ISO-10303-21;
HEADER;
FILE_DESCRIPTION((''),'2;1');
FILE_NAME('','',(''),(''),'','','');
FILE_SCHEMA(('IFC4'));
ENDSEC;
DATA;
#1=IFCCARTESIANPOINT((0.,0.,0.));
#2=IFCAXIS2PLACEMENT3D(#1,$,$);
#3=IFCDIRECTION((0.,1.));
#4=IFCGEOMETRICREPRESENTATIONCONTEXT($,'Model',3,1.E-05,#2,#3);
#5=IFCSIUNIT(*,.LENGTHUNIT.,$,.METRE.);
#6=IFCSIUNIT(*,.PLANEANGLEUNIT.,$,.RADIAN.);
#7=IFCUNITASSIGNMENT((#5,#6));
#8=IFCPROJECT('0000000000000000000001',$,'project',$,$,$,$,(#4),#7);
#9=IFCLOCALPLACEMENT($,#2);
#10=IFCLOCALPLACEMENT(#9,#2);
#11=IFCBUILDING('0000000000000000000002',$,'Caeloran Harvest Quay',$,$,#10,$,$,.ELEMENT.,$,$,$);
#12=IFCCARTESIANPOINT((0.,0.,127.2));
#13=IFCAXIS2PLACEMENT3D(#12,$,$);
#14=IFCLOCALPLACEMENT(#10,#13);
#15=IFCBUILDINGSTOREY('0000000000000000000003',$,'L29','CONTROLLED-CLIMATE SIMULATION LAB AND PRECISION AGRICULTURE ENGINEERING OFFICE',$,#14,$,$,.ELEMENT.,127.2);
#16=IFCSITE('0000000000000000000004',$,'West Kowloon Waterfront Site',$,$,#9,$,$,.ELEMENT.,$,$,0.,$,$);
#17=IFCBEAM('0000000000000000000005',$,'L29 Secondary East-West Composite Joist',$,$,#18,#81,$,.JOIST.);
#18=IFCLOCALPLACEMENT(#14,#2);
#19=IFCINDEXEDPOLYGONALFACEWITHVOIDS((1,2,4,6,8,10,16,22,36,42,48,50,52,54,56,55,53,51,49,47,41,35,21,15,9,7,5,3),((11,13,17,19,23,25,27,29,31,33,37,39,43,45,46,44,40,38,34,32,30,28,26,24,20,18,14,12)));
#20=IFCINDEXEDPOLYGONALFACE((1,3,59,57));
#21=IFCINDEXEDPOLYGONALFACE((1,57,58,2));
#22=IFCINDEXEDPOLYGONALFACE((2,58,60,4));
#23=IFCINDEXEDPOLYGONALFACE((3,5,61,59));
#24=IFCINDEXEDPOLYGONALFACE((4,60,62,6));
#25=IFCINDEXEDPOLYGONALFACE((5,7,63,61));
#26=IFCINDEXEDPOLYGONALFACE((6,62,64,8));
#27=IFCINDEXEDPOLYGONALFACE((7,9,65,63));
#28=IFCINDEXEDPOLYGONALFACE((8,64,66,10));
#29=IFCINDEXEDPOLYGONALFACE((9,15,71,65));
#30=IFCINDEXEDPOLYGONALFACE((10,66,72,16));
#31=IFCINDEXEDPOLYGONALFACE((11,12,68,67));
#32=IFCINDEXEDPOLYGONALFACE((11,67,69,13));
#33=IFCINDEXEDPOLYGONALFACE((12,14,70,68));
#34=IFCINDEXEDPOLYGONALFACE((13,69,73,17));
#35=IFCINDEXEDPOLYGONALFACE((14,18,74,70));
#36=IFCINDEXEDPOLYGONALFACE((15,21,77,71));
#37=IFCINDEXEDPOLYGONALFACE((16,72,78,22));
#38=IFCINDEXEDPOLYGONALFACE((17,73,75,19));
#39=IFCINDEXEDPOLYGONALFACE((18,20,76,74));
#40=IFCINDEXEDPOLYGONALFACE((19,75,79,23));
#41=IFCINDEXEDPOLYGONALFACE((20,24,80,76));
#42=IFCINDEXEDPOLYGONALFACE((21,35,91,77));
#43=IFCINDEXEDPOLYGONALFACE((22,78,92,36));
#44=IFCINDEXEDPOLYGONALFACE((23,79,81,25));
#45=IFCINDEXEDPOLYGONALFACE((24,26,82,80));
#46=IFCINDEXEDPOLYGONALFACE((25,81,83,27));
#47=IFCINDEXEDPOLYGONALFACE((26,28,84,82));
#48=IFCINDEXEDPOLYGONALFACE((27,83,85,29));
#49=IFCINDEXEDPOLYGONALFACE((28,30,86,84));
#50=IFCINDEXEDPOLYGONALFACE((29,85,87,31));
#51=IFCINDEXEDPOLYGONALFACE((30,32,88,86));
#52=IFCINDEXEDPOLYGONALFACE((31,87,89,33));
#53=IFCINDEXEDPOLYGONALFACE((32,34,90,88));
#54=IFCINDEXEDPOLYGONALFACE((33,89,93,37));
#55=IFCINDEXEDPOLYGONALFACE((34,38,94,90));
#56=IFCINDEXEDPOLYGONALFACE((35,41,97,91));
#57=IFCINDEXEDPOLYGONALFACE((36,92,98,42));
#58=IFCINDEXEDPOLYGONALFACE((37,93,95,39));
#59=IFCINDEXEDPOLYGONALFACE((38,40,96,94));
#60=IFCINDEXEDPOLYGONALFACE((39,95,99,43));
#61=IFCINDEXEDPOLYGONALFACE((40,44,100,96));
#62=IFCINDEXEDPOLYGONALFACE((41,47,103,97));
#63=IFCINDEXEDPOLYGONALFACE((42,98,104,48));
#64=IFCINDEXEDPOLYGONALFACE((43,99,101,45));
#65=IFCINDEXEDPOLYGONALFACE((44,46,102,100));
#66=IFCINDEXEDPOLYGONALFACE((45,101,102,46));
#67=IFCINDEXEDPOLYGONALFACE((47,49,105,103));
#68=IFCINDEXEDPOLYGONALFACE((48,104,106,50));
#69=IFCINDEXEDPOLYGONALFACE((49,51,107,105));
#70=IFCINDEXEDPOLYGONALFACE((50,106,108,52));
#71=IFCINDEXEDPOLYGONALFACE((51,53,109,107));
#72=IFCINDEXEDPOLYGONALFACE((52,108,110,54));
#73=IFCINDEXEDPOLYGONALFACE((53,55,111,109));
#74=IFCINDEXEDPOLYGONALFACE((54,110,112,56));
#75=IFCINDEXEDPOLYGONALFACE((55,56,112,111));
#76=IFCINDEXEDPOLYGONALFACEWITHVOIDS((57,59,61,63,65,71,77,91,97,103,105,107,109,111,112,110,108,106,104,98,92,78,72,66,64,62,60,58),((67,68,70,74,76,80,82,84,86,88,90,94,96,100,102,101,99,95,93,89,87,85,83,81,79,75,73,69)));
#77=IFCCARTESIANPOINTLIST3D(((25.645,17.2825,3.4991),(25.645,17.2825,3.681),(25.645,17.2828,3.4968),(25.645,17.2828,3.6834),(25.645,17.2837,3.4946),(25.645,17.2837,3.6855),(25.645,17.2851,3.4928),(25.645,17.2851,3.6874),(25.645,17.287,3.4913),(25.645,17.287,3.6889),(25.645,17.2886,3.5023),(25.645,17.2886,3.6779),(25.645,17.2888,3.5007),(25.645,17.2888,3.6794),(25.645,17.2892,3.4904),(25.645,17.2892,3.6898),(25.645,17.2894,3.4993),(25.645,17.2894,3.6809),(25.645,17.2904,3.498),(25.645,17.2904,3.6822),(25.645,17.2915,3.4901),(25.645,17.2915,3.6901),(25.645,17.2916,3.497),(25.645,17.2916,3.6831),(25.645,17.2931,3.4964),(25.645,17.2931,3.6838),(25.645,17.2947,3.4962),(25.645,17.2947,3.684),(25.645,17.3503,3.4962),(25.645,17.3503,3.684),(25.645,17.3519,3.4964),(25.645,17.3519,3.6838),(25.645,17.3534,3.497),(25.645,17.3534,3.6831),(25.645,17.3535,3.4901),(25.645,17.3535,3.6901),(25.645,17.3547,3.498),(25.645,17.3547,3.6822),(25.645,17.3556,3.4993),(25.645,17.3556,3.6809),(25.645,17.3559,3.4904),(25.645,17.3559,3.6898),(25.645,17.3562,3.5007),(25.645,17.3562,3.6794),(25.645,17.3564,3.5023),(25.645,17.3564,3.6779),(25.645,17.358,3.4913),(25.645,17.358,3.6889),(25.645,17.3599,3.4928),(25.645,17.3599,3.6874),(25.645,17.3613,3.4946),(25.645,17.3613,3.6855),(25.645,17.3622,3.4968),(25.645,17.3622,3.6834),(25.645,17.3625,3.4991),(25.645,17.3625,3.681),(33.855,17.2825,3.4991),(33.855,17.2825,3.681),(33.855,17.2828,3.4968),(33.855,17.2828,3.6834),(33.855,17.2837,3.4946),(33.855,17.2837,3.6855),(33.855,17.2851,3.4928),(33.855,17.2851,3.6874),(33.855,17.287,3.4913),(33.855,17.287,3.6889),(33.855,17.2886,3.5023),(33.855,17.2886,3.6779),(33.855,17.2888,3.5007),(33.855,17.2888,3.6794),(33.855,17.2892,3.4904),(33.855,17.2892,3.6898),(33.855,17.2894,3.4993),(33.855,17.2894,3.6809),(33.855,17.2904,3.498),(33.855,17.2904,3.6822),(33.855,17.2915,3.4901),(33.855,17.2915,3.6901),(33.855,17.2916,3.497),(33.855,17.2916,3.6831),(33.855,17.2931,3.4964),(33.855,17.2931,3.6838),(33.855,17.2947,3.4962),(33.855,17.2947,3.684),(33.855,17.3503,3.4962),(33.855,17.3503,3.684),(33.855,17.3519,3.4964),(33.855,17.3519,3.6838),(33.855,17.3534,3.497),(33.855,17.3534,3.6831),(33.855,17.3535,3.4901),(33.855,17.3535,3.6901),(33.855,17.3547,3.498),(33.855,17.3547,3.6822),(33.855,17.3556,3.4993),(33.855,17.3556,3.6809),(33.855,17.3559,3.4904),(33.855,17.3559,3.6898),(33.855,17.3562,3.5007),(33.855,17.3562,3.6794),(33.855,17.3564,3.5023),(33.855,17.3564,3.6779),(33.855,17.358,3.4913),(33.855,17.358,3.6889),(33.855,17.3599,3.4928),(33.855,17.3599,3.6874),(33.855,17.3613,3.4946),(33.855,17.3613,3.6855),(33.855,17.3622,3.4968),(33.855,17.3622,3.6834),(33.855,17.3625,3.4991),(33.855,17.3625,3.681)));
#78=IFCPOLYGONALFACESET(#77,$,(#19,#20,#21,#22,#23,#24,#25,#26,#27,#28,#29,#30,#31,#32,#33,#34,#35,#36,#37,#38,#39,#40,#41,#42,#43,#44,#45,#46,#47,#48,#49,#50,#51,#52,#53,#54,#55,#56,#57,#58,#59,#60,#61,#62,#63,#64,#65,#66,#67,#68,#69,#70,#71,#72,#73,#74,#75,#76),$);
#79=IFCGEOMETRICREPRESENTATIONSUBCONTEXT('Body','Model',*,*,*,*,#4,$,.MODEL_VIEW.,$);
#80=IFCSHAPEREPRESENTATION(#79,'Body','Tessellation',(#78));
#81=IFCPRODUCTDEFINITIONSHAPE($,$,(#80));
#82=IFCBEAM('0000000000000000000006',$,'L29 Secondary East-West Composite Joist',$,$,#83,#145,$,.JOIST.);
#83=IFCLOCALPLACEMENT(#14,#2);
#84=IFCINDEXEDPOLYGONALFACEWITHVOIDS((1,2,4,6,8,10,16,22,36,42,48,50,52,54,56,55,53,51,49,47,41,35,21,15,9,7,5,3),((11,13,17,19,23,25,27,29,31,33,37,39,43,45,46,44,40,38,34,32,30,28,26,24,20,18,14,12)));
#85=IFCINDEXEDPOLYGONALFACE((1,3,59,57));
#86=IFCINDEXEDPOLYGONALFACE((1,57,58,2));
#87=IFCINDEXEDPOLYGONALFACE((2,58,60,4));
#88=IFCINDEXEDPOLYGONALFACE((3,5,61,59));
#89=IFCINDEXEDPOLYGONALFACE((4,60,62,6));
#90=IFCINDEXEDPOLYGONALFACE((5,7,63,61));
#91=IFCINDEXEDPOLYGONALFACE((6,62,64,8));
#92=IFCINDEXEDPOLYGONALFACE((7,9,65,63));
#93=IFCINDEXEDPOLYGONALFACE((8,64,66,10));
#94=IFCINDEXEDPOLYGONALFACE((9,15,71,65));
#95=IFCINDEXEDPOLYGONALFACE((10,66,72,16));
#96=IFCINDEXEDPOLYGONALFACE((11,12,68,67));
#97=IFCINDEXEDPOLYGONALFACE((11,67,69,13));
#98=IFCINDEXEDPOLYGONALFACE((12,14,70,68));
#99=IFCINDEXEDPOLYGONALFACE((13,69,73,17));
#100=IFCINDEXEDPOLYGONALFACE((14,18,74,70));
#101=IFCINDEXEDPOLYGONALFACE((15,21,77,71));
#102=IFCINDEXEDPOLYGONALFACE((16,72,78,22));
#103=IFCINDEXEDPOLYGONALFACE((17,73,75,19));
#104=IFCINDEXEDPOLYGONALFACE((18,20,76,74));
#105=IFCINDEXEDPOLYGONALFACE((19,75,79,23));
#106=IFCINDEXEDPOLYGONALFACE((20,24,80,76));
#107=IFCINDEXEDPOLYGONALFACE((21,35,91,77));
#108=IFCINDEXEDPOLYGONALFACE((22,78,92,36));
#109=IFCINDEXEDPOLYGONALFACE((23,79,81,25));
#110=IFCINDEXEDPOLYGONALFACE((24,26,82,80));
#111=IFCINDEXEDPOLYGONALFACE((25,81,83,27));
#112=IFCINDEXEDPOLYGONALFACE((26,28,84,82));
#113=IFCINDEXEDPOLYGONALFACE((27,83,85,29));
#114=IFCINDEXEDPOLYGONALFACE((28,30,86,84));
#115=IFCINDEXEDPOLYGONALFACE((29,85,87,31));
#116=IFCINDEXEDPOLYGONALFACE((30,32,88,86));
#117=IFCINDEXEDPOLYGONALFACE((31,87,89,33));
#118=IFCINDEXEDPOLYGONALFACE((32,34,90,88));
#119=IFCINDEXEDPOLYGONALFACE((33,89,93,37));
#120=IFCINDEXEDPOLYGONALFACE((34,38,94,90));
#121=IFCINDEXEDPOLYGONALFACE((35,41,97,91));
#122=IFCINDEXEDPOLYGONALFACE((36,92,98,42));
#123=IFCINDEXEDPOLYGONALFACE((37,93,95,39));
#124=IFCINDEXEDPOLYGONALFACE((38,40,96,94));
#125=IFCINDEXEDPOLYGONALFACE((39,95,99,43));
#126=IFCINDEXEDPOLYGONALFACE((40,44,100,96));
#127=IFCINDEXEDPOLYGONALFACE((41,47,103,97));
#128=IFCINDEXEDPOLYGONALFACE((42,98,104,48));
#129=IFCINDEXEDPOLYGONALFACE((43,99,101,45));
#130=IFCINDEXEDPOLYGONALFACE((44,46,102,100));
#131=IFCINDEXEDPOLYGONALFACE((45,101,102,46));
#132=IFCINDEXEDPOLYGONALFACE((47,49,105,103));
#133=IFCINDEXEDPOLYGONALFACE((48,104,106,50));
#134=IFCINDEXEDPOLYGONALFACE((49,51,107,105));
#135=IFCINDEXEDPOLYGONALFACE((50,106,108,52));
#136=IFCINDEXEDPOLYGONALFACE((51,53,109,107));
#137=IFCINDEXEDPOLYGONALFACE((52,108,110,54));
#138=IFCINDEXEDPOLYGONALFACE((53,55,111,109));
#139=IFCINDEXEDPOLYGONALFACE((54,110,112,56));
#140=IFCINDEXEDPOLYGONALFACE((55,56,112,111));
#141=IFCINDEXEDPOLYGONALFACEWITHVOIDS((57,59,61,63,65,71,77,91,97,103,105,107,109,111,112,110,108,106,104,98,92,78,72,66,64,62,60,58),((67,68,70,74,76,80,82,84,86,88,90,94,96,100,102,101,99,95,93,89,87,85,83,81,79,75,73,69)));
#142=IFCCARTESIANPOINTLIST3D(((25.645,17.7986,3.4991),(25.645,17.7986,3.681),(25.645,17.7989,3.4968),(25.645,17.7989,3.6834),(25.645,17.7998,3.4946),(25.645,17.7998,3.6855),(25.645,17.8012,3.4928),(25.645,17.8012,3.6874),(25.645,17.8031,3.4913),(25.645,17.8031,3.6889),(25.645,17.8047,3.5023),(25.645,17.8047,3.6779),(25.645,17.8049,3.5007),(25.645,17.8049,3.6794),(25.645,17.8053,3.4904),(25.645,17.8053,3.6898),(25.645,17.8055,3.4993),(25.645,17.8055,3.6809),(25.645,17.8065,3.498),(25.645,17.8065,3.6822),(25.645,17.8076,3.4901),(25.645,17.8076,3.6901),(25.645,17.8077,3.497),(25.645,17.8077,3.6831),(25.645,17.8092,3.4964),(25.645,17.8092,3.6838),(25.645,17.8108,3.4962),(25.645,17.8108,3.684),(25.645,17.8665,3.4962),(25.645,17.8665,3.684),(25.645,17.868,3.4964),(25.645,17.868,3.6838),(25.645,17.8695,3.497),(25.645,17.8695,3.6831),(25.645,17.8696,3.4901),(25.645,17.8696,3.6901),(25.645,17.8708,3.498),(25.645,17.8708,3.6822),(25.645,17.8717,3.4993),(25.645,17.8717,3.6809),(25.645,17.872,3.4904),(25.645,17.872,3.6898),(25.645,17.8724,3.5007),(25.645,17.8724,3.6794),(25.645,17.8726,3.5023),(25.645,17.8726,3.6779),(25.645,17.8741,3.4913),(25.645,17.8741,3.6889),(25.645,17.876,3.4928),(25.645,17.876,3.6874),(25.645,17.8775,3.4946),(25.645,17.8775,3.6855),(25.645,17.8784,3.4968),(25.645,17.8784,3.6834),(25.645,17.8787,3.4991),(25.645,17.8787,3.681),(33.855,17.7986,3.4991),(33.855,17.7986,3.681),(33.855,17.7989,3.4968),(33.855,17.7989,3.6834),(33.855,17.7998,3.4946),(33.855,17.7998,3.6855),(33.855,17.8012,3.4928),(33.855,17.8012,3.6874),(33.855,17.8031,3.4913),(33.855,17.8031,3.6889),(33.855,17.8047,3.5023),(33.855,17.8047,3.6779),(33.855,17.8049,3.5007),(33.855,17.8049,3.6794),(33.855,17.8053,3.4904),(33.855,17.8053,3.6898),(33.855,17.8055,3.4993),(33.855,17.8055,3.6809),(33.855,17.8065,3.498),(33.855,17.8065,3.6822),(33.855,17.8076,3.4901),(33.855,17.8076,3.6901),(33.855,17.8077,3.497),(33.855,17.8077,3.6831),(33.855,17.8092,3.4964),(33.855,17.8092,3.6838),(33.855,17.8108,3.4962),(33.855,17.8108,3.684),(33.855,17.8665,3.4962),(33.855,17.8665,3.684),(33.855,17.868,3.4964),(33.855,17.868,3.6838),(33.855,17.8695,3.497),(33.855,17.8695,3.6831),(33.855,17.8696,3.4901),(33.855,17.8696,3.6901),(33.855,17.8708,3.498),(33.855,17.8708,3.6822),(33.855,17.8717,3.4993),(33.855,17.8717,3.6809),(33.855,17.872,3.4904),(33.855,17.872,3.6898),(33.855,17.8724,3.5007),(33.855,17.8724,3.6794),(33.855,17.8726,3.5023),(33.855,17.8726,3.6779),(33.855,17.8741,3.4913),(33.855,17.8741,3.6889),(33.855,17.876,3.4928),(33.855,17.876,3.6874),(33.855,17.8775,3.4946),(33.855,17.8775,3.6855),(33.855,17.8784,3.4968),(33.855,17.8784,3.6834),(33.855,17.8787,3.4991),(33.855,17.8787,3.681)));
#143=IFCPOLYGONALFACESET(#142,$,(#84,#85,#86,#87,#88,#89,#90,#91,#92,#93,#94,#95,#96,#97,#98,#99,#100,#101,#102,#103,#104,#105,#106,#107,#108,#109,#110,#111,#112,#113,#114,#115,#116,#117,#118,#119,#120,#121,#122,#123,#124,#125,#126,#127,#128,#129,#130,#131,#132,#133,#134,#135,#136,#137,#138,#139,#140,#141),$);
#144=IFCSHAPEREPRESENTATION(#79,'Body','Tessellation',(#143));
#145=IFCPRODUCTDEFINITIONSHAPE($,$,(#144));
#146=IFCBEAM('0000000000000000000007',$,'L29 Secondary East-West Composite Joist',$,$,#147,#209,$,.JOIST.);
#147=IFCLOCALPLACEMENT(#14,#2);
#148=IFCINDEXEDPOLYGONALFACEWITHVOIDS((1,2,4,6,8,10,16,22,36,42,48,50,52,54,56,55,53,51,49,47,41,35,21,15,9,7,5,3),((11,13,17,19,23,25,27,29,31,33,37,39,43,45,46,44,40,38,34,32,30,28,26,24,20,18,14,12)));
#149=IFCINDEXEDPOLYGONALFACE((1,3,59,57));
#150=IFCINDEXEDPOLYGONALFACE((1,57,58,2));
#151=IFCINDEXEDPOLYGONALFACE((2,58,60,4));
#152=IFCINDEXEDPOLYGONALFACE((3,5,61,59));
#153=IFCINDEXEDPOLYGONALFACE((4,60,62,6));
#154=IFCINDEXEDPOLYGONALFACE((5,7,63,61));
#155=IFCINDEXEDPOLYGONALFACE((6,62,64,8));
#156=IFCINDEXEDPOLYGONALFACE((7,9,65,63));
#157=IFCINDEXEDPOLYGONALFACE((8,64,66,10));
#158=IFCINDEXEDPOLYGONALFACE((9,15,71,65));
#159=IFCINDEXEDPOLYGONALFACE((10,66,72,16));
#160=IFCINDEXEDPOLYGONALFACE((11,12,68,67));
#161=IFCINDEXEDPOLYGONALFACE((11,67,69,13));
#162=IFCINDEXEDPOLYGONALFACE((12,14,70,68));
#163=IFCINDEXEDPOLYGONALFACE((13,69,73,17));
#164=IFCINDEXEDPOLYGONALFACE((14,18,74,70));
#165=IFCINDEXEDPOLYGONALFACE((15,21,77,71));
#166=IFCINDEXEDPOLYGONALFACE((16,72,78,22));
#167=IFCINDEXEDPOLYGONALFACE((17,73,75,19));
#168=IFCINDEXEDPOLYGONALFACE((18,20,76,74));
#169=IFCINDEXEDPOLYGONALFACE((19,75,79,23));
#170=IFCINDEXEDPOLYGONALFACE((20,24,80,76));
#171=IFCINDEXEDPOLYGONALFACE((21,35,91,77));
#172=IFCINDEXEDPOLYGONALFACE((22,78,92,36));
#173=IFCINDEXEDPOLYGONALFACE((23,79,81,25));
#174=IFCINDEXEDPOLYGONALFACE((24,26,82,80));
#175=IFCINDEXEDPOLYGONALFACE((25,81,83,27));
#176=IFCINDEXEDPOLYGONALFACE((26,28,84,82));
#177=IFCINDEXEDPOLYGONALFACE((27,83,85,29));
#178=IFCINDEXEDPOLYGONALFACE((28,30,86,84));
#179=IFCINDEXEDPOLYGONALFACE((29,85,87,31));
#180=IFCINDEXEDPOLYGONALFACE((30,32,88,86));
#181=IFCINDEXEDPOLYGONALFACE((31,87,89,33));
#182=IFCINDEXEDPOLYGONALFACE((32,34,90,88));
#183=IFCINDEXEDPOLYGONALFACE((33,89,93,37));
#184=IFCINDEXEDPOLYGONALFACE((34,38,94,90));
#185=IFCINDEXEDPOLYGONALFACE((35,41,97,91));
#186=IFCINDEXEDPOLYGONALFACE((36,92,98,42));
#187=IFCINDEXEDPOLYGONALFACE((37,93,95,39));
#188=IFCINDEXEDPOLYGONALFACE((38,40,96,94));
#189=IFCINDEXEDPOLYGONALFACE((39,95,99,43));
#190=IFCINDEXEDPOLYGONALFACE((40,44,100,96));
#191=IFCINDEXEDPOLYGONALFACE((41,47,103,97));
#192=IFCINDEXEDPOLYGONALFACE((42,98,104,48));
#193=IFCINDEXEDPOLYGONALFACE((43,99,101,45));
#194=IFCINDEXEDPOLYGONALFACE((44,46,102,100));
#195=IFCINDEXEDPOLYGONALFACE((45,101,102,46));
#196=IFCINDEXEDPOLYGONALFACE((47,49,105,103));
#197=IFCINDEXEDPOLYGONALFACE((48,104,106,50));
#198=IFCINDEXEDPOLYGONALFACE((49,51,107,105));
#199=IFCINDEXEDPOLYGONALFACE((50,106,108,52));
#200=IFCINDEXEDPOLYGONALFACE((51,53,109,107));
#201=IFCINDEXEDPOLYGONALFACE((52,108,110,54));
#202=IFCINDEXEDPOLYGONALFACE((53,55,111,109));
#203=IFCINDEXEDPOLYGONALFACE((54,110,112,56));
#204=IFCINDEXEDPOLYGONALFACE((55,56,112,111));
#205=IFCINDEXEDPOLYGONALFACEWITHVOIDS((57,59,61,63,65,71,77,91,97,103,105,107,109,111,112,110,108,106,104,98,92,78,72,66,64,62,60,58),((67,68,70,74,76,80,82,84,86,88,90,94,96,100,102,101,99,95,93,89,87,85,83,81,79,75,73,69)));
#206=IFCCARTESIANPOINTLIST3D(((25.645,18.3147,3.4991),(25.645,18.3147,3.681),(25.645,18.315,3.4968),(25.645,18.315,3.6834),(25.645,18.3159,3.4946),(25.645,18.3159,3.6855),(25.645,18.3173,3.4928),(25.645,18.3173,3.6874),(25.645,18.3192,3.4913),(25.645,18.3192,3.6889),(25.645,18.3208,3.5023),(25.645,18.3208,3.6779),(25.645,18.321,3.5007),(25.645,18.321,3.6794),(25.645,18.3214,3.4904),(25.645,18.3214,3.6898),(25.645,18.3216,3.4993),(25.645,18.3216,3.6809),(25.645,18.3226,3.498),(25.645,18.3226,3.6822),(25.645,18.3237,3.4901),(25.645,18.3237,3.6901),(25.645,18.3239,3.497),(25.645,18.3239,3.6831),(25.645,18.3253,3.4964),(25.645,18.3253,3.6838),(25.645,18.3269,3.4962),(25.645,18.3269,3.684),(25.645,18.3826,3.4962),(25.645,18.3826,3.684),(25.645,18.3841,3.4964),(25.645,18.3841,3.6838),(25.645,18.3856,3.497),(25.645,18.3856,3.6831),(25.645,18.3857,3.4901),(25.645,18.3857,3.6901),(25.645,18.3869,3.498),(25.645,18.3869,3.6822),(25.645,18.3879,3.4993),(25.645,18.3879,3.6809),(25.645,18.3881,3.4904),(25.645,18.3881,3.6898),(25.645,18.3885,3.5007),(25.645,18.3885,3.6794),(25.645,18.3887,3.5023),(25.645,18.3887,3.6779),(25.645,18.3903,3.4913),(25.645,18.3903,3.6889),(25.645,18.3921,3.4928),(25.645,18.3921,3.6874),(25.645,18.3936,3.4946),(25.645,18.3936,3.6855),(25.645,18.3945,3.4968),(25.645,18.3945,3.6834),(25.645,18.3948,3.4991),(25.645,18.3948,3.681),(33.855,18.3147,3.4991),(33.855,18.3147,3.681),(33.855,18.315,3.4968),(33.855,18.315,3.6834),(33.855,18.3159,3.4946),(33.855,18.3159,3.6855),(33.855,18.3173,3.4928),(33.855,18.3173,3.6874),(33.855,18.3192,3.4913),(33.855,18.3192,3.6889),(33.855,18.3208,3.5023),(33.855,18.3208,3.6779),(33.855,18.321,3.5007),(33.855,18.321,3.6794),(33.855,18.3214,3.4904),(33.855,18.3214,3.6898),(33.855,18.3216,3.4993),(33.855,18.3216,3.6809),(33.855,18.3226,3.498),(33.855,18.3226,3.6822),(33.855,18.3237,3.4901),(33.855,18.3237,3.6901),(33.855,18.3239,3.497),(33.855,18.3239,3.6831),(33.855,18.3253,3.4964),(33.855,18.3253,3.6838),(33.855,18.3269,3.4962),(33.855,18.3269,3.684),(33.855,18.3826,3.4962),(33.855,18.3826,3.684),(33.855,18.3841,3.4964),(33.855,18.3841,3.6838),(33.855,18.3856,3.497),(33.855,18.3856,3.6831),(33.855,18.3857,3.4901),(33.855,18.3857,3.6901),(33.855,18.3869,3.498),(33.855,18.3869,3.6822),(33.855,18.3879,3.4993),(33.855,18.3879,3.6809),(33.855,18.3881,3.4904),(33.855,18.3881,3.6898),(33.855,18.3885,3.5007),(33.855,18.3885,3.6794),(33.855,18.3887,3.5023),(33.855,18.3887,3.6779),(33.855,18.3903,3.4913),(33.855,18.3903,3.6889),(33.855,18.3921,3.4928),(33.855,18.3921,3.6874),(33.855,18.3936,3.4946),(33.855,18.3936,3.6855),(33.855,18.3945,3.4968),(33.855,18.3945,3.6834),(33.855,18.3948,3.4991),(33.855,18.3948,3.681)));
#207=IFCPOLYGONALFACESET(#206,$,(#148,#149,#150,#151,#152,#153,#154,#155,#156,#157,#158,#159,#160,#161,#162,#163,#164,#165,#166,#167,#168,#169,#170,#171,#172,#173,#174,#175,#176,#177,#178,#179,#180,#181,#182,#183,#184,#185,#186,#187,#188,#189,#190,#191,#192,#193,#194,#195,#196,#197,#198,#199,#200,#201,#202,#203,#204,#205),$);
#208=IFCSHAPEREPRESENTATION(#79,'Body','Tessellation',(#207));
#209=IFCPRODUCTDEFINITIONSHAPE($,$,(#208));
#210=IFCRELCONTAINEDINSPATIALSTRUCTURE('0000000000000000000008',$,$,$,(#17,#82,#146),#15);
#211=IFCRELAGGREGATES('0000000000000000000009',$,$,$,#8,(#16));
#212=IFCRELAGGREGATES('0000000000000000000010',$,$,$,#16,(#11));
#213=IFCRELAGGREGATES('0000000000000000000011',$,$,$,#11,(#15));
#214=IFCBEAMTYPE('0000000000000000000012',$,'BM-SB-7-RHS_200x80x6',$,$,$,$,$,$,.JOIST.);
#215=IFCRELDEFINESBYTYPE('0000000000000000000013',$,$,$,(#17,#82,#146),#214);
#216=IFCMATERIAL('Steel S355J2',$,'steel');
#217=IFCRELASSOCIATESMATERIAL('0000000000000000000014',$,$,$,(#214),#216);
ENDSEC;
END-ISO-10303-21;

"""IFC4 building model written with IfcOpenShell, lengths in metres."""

from ifc_helpers import new_model, si_unit, direction, frame, origin, origin_2d, place, context, subcontext, project, spatial, hollow_rectangle, extrude, material, material_profile, profile_set, type_object, element, save


model = new_model("IFC4")

# Units and contexts
model_context = context("Model", 3, precision=1e-05, world=origin(), true_north=direction((0.0, 1.0)))
body_context = subcontext(model_context, "Body", "Model", "MODEL_VIEW")
ifc_project = project(units=[si_unit("LENGTHUNIT", "METRE"), si_unit("PLANEANGLEUNIT", "RADIAN")], contexts=[model_context])

# Site, building, storey
site_placement = place(None, origin())
site = spatial("IfcSite", under=ifc_project, at=site_placement, Name="West Kowloon Waterfront Site", CompositionType="ELEMENT", RefElevation=0.0)
building_placement = place(site_placement, origin())
building = spatial("IfcBuilding", under=site, at=building_placement, Name="Caeloran Harvest Quay", CompositionType="ELEMENT")
storey_placement = place(building_placement, frame((0.0, 0.0, 127.2)))
storey = spatial("IfcBuildingStorey", under=building, at=storey_placement, Name="L29", Description="CONTROLLED-CLIMATE SIMULATION LAB AND PRECISION AGRICULTURE ENGINEERING OFFICE", CompositionType="ELEMENT", Elevation=127.2)

# Beams
ifc_material_1 = material(Name="Steel S355J2", Category="steel")
ifc_material_profile_1 = material_profile(ifc_material_1, hollow_rectangle(XDim=0.0801, YDim=0.2, WallThickness=0.0061, InnerFilletRadius=0.0061, OuterFilletRadius=0.009, at=origin_2d()), Name="RHS 200x80x6")
ifc_profile_set_1 = profile_set([ifc_material_profile_1], Name="Steel S355J2")
beam_type_1 = type_object("IfcBeamType", Name="BM-SB-7-RHS_200x80x6", PredefinedType="JOIST", material=ifc_profile_set_1)
for number, where, z_axis, x_axis, name in (
    (1, (25.645, 17.3225, 3.5901), (1.0, 0.0, 0.0), (0.0, 1.0, 0.0), "L29 Secondary East-West Composite Joist"),
    (2, (25.645, 17.8386, 3.5901), (1.0, 0.0, 0.0), (0.0, 1.0, 0.0), "L29 Secondary East-West Composite Joist"),
    (3, (25.645, 18.3547, 3.5901), (1.0, 0.0, 0.0), (0.0, 1.0, 0.0), "L29 Secondary East-West Composite Joist"),
):
    element("IfcBeam", number, at=place(storey_placement, frame(where, z_axis=z_axis, x_axis=x_axis)), inside=storey, type_object=beam_type_1, Name=name, PredefinedType="JOIST", context=body_context, shape_type="SweptSolid", body=[
        extrude(hollow_rectangle(XDim=0.0801, YDim=0.2, WallThickness=0.0061, InnerFilletRadius=0.0061, OuterFilletRadius=0.009, at=origin_2d()), origin(), (0.0, 0.0, 1.0), 8.21),
    ])

save(model, "model.ifc")
